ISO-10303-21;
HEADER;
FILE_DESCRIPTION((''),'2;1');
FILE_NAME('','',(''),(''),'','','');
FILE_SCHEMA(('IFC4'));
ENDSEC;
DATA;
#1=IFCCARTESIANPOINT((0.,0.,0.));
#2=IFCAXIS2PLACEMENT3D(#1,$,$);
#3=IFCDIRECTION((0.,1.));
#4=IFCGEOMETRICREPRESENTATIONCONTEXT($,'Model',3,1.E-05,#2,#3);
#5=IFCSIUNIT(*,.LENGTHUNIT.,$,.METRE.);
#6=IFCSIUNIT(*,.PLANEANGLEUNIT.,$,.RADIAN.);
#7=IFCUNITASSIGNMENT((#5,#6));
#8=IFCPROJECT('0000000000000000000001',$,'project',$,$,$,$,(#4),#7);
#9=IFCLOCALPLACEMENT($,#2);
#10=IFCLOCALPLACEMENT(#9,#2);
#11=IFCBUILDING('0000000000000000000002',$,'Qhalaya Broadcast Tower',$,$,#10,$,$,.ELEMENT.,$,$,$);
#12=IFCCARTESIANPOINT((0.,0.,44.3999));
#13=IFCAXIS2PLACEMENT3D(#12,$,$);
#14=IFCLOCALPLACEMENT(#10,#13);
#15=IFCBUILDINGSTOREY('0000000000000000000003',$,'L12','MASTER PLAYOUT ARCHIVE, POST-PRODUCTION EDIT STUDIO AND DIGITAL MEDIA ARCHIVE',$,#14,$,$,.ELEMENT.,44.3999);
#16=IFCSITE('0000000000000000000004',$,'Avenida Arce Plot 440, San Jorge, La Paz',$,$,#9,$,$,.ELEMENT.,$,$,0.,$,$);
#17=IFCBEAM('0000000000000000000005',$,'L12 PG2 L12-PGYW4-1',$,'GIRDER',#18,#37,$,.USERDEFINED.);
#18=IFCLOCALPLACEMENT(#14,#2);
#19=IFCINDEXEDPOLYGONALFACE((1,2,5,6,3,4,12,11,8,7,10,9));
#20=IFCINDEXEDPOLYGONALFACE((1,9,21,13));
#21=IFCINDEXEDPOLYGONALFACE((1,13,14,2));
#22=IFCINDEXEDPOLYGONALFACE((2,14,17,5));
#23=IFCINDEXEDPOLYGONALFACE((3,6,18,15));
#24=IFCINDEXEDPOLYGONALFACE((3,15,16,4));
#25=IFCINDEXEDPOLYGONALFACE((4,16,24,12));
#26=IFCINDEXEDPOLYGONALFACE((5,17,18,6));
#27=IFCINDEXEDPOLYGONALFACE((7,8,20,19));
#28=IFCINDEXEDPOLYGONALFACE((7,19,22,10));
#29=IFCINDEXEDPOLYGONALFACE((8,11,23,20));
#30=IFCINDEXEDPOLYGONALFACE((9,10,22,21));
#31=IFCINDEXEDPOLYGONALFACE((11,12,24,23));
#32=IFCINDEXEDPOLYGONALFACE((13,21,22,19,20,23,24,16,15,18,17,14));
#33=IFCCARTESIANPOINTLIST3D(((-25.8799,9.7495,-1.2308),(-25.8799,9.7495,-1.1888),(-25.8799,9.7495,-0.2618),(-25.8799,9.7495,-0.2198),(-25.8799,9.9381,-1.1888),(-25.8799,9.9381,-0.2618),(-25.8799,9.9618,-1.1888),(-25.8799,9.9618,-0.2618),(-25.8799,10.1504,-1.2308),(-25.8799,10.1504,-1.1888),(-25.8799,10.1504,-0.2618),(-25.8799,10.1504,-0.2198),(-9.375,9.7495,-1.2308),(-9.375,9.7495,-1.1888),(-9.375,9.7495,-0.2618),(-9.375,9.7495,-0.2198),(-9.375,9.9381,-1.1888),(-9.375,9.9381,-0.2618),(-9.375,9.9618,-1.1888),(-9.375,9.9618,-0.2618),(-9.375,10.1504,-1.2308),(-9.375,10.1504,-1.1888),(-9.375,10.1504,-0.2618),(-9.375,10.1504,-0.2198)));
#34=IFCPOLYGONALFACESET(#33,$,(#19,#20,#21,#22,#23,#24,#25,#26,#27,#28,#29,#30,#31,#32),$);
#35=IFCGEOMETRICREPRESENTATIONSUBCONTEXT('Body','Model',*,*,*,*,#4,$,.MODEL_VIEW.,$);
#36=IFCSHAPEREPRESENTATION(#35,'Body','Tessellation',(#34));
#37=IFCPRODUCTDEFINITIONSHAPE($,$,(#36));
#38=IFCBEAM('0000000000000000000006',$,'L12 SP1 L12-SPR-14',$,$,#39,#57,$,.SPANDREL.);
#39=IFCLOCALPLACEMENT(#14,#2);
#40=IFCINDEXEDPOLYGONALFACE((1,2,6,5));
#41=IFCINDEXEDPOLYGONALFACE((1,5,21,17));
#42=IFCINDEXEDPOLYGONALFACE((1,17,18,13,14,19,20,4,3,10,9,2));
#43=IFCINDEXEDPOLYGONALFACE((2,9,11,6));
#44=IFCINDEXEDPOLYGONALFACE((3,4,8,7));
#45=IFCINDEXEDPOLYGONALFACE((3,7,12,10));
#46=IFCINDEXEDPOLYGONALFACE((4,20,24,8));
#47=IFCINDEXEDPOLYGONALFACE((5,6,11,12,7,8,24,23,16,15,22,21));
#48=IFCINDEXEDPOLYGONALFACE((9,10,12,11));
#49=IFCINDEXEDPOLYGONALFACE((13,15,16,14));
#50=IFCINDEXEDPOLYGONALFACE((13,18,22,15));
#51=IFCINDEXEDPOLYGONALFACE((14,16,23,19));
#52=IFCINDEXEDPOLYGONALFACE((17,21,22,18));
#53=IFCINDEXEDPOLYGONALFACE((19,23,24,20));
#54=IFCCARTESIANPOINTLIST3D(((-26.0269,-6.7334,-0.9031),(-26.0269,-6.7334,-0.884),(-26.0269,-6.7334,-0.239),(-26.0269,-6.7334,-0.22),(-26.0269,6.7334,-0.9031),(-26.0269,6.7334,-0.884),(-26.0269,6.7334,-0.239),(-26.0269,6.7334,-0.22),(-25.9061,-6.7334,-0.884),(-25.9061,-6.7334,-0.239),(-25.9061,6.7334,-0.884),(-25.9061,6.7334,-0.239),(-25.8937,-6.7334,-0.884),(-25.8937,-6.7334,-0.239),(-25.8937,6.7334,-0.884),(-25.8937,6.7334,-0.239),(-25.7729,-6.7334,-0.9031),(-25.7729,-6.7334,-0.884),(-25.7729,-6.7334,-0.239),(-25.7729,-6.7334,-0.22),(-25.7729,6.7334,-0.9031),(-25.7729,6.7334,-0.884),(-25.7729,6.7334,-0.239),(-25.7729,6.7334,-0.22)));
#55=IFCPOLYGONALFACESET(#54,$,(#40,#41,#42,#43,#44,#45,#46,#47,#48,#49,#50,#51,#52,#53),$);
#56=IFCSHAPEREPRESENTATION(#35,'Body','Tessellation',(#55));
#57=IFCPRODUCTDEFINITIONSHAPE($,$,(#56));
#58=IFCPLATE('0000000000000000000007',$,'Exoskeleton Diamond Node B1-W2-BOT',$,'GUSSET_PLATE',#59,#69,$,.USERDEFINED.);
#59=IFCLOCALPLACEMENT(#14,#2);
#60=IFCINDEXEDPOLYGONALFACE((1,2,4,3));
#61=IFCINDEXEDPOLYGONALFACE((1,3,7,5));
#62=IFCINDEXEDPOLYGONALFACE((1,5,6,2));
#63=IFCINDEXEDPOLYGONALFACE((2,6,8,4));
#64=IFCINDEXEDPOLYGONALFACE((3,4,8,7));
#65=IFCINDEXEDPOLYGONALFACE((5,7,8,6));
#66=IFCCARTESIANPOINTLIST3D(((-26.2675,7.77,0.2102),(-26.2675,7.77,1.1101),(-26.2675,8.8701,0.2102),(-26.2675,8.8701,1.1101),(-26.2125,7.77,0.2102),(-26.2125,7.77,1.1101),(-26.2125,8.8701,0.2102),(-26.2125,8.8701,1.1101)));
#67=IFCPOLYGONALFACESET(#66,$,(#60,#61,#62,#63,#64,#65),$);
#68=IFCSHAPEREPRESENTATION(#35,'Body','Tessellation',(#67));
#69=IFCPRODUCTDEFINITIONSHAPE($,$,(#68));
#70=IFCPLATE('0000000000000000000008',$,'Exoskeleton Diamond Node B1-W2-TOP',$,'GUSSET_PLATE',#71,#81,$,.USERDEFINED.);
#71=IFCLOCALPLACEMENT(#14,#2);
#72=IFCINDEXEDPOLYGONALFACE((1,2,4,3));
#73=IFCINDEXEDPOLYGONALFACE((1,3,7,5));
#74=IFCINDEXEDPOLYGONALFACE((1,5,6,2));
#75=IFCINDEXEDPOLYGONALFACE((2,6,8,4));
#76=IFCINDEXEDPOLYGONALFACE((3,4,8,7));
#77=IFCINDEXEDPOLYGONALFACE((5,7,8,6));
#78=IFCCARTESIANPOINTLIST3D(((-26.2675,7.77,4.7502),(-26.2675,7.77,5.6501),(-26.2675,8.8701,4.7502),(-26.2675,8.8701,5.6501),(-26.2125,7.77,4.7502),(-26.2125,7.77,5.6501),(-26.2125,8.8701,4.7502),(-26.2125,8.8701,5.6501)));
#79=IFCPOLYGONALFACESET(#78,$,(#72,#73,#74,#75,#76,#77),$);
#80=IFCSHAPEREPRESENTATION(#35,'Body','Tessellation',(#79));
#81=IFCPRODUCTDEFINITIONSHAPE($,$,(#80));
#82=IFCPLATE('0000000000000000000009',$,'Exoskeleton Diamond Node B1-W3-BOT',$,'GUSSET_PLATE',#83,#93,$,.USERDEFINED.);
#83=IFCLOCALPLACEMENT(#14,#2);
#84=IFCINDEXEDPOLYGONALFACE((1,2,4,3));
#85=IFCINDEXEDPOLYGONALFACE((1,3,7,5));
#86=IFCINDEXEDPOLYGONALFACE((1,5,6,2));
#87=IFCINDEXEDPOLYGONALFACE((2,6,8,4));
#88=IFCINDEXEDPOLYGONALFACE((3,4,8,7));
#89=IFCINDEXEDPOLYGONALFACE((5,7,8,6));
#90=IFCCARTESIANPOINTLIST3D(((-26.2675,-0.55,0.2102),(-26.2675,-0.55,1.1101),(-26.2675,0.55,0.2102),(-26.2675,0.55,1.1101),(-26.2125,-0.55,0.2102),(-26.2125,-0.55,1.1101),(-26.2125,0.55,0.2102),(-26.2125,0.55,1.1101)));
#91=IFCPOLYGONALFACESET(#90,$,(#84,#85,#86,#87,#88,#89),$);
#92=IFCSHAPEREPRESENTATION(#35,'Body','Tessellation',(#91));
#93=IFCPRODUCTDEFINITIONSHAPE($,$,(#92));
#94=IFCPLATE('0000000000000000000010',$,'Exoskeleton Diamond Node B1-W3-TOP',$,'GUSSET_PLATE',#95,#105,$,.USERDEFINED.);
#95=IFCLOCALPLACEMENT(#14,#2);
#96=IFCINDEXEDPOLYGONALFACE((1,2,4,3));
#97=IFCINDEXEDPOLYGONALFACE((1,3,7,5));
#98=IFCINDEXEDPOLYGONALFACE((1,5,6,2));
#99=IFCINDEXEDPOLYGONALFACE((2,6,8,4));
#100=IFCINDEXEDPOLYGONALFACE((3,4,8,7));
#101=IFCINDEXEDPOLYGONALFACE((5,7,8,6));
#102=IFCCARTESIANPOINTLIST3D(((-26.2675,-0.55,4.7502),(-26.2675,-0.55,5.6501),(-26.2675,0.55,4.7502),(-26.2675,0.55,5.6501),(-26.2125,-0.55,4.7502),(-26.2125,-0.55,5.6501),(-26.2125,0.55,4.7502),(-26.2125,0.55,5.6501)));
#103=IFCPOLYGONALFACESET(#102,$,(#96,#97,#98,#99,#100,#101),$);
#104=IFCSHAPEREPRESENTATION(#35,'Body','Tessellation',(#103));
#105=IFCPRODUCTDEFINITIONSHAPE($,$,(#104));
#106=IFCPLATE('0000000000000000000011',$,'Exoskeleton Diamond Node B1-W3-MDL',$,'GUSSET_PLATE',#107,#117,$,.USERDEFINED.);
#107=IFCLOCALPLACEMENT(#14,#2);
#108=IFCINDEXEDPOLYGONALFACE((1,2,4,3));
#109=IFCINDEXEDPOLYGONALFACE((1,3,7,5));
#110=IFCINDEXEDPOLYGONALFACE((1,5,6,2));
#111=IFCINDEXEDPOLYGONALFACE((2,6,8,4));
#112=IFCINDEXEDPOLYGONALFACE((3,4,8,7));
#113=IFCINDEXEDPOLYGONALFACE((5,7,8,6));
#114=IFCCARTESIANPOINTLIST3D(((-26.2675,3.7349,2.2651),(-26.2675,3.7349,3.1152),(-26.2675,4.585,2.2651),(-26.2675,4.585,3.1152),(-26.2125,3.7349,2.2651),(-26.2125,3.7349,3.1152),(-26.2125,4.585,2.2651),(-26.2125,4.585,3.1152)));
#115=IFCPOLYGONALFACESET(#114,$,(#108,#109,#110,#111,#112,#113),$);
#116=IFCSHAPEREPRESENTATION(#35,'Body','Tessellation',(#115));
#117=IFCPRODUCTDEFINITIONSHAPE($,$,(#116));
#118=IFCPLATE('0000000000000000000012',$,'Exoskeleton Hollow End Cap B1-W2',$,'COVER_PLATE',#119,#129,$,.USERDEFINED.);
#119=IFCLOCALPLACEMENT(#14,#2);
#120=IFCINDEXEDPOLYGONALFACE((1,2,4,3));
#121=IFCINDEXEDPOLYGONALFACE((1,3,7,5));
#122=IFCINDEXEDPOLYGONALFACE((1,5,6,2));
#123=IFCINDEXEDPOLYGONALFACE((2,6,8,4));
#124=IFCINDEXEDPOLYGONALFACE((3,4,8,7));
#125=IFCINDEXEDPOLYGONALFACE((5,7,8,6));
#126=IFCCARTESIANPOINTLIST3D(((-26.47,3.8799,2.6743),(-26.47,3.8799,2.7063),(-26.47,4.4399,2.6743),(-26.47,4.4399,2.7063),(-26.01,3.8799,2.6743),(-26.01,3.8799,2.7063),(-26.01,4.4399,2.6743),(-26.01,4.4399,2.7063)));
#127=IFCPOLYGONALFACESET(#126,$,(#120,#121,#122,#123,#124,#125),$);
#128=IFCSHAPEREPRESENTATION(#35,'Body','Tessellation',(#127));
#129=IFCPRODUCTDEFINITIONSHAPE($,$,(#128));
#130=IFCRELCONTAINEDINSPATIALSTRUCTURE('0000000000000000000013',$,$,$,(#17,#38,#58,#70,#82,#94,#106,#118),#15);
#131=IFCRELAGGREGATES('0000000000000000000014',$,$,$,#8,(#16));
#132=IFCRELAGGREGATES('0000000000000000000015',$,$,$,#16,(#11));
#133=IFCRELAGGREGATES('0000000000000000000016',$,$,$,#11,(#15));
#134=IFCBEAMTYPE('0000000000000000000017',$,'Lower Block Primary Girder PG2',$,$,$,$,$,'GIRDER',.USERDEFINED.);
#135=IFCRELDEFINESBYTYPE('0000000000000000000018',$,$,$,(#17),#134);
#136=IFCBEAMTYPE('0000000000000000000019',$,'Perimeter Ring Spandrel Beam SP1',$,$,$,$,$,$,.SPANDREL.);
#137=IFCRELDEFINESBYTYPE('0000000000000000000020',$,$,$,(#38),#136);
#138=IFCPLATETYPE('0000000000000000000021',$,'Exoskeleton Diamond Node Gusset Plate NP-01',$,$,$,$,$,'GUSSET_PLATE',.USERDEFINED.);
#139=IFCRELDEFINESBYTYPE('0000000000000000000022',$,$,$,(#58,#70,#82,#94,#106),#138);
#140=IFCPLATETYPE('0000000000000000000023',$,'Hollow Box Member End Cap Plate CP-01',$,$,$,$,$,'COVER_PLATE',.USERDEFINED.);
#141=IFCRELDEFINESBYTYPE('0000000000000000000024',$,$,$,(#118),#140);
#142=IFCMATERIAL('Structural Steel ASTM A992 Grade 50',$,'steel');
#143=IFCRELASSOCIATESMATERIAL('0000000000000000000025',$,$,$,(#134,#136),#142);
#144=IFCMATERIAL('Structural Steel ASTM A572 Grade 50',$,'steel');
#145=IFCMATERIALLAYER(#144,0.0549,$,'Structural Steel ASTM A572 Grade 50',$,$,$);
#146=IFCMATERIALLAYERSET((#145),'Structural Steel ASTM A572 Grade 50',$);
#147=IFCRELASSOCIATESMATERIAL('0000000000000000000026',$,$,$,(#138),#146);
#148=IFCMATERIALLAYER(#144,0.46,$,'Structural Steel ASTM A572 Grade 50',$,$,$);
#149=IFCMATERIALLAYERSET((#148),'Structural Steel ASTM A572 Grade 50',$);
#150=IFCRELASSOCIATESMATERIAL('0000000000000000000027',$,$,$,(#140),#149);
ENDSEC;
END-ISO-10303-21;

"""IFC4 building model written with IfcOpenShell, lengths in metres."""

from ifc_helpers import new_model, si_unit, direction, frame, origin, origin_2d, place, context, subcontext, project, spatial, rectangle, i_section, extrude, material, layer, layer_set, material_profile, profile_set, type_object, element, save


model = new_model("IFC4")

# Units and contexts
model_context = context("Model", 3, precision=1e-05, world=origin(), true_north=direction((0.0, 1.0)))
body_context = subcontext(model_context, "Body", "Model", "MODEL_VIEW")
ifc_project = project(units=[si_unit("LENGTHUNIT", "METRE"), si_unit("PLANEANGLEUNIT", "RADIAN")], contexts=[model_context])

# Site, building, storey
site_placement = place(None, origin())
site = spatial("IfcSite", under=ifc_project, at=site_placement, Name="Avenida Arce Plot 440, San Jorge, La Paz", CompositionType="ELEMENT", RefElevation=0.0)
building_placement = place(site_placement, origin())
building = spatial("IfcBuilding", under=site, at=building_placement, Name="Qhalaya Broadcast Tower", CompositionType="ELEMENT")
storey_placement = place(building_placement, frame((0.0, 0.0, 44.3999)))
storey = spatial("IfcBuildingStorey", under=building, at=storey_placement, Name="L12", Description="MASTER PLAYOUT ARCHIVE, POST-PRODUCTION EDIT STUDIO AND DIGITAL MEDIA ARCHIVE", CompositionType="ELEMENT", Elevation=44.3999)

# Shared definitions
ifc_material_1 = material(Name="Structural Steel ASTM A572 Grade 50", Category="steel")

# Shared definitions
ifc_material_2 = material(Name="Structural Steel ASTM A992 Grade 50", Category="steel")

# Beams
ifc_material_profile_1 = material_profile(ifc_material_2, i_section(OverallWidth=0.4009, OverallDepth=1.011, WebThickness=0.0237, FlangeThickness=0.042, at=origin_2d()), Name="W40X297")
ifc_profile_set_1 = profile_set([ifc_material_profile_1], Name="Structural Steel ASTM A992 Grade 50")
beam_type_1 = type_object("IfcBeamType", Name="Lower Block Primary Girder PG2", ElementType="GIRDER", PredefinedType="USERDEFINED", material=ifc_profile_set_1)
for number, where, z_axis, x_axis, name in (
    (1, (-25.8799, 9.95, -0.7253), (1.0, 0.0, 0.0), (0.0, 1.0, 0.0), "L12 PG2 L12-PGYW4-1"),
):
    element("IfcBeam", number, at=place(storey_placement, frame(where, z_axis=z_axis, x_axis=x_axis)), inside=storey, type_object=beam_type_1, Name=name, ObjectType="GIRDER", PredefinedType="USERDEFINED", context=body_context, shape_type="SweptSolid", body=[
        extrude(i_section(OverallWidth=0.4009, OverallDepth=1.011, WebThickness=0.0237, FlangeThickness=0.042, at=origin_2d()), origin(), (0.0, 0.0, 1.0), 16.5049),
    ])
ifc_material_profile_2 = material_profile(ifc_material_2, i_section(OverallWidth=0.2539, OverallDepth=0.6831, WebThickness=0.0125, FlangeThickness=0.019, at=origin_2d()), Name="W27X94")
ifc_profile_set_2 = profile_set([ifc_material_profile_2], Name="Structural Steel ASTM A992 Grade 50")
beam_type_2 = type_object("IfcBeamType", Name="Perimeter Ring Spandrel Beam SP1", PredefinedType="SPANDREL", material=ifc_profile_set_2)
beam_placement = place(storey_placement, frame((-25.8999, 6.7334, -0.5615), z_axis=(0.0, -1.0, 0.0), x_axis=(1.0, 0.0, 0.0)))
element("IfcBeam", 2, at=beam_placement, inside=storey, type_object=beam_type_2, Name="L12 SP1 L12-SPR-14", PredefinedType="SPANDREL", context=body_context, shape_type="SweptSolid", body=[
    extrude(i_section(OverallWidth=0.2539, OverallDepth=0.6831, WebThickness=0.0125, FlangeThickness=0.019, at=origin_2d()), origin(), (0.0, 0.0, 1.0), 13.4668),
])

# Plates
ifc_layer_1 = layer(ifc_material_1, 0.0549, Name="Structural Steel ASTM A572 Grade 50")
ifc_layer_set_1 = layer_set([ifc_layer_1], Name="Structural Steel ASTM A572 Grade 50")
plate_type_1 = type_object("IfcPlateType", Name="Exoskeleton Diamond Node Gusset Plate NP-01", ElementType="GUSSET_PLATE", PredefinedType="USERDEFINED", material=ifc_layer_set_1)
for number, where, z_axis, x_axis, name in (
    (3, (-26.24, 8.3201, 0.2102), (0.0, 0.0, 1.0), (0.0, 1.0, 0.0), "Exoskeleton Diamond Node B1-W2-BOT"),
    (4, (-26.24, 8.3201, 4.7502), (0.0, 0.0, 1.0), (0.0, 1.0, 0.0), "Exoskeleton Diamond Node B1-W2-TOP"),
    (5, (-26.24, 0.0, 0.2102), (0.0, 0.0, 1.0), (0.0, 1.0, 0.0), "Exoskeleton Diamond Node B1-W3-BOT"),
    (6, (-26.24, 0.0, 4.7502), (0.0, 0.0, 1.0), (0.0, 1.0, 0.0), "Exoskeleton Diamond Node B1-W3-TOP"),
):
    element("IfcPlate", number, at=place(storey_placement, frame(where, z_axis=z_axis, x_axis=x_axis)), inside=storey, type_object=plate_type_1, Name=name, ObjectType="GUSSET_PLATE", PredefinedType="USERDEFINED", context=body_context, shape_type="SweptSolid", body=[
        extrude(rectangle(XDim=1.1001, YDim=0.0549, at=origin_2d()), origin(), (0.0, 0.0, 1.0), 0.8999),
    ])
plate_1_placement = place(storey_placement, frame((-26.24, 4.1599, 2.2651), z_axis=(0.0, 0.0, 1.0), x_axis=(0.0, 1.0, 0.0)))
element("IfcPlate", 7, at=plate_1_placement, inside=storey, type_object=plate_type_1, Name="Exoskeleton Diamond Node B1-W3-MDL", ObjectType="GUSSET_PLATE", PredefinedType="USERDEFINED", context=body_context, shape_type="SweptSolid", body=[
    extrude(rectangle(XDim=0.8501, YDim=0.0549, at=origin_2d()), origin(), (0.0, 0.0, 1.0), 0.8501),
])
ifc_layer_2 = layer(ifc_material_1, 0.46, Name="Structural Steel ASTM A572 Grade 50")
ifc_layer_set_2 = layer_set([ifc_layer_2], Name="Structural Steel ASTM A572 Grade 50")
plate_type_2 = type_object("IfcPlateType", Name="Hollow Box Member End Cap Plate CP-01", ElementType="COVER_PLATE", PredefinedType="USERDEFINED", material=ifc_layer_set_2)
plate_2_placement = place(storey_placement, frame((-26.24, 4.1599, 2.6743), z_axis=(0.0, 0.0, 1.0), x_axis=(0.0, 1.0, 0.0)))
element("IfcPlate", 8, at=plate_2_placement, inside=storey, type_object=plate_type_2, Name="Exoskeleton Hollow End Cap B1-W2", ObjectType="COVER_PLATE", PredefinedType="USERDEFINED", context=body_context, shape_type="SweptSolid", body=[
    extrude(rectangle(XDim=0.5601, YDim=0.46, at=origin_2d()), origin(), (0.0, 0.0, 1.0), 0.032),
])

save(model, "model.ifc")
